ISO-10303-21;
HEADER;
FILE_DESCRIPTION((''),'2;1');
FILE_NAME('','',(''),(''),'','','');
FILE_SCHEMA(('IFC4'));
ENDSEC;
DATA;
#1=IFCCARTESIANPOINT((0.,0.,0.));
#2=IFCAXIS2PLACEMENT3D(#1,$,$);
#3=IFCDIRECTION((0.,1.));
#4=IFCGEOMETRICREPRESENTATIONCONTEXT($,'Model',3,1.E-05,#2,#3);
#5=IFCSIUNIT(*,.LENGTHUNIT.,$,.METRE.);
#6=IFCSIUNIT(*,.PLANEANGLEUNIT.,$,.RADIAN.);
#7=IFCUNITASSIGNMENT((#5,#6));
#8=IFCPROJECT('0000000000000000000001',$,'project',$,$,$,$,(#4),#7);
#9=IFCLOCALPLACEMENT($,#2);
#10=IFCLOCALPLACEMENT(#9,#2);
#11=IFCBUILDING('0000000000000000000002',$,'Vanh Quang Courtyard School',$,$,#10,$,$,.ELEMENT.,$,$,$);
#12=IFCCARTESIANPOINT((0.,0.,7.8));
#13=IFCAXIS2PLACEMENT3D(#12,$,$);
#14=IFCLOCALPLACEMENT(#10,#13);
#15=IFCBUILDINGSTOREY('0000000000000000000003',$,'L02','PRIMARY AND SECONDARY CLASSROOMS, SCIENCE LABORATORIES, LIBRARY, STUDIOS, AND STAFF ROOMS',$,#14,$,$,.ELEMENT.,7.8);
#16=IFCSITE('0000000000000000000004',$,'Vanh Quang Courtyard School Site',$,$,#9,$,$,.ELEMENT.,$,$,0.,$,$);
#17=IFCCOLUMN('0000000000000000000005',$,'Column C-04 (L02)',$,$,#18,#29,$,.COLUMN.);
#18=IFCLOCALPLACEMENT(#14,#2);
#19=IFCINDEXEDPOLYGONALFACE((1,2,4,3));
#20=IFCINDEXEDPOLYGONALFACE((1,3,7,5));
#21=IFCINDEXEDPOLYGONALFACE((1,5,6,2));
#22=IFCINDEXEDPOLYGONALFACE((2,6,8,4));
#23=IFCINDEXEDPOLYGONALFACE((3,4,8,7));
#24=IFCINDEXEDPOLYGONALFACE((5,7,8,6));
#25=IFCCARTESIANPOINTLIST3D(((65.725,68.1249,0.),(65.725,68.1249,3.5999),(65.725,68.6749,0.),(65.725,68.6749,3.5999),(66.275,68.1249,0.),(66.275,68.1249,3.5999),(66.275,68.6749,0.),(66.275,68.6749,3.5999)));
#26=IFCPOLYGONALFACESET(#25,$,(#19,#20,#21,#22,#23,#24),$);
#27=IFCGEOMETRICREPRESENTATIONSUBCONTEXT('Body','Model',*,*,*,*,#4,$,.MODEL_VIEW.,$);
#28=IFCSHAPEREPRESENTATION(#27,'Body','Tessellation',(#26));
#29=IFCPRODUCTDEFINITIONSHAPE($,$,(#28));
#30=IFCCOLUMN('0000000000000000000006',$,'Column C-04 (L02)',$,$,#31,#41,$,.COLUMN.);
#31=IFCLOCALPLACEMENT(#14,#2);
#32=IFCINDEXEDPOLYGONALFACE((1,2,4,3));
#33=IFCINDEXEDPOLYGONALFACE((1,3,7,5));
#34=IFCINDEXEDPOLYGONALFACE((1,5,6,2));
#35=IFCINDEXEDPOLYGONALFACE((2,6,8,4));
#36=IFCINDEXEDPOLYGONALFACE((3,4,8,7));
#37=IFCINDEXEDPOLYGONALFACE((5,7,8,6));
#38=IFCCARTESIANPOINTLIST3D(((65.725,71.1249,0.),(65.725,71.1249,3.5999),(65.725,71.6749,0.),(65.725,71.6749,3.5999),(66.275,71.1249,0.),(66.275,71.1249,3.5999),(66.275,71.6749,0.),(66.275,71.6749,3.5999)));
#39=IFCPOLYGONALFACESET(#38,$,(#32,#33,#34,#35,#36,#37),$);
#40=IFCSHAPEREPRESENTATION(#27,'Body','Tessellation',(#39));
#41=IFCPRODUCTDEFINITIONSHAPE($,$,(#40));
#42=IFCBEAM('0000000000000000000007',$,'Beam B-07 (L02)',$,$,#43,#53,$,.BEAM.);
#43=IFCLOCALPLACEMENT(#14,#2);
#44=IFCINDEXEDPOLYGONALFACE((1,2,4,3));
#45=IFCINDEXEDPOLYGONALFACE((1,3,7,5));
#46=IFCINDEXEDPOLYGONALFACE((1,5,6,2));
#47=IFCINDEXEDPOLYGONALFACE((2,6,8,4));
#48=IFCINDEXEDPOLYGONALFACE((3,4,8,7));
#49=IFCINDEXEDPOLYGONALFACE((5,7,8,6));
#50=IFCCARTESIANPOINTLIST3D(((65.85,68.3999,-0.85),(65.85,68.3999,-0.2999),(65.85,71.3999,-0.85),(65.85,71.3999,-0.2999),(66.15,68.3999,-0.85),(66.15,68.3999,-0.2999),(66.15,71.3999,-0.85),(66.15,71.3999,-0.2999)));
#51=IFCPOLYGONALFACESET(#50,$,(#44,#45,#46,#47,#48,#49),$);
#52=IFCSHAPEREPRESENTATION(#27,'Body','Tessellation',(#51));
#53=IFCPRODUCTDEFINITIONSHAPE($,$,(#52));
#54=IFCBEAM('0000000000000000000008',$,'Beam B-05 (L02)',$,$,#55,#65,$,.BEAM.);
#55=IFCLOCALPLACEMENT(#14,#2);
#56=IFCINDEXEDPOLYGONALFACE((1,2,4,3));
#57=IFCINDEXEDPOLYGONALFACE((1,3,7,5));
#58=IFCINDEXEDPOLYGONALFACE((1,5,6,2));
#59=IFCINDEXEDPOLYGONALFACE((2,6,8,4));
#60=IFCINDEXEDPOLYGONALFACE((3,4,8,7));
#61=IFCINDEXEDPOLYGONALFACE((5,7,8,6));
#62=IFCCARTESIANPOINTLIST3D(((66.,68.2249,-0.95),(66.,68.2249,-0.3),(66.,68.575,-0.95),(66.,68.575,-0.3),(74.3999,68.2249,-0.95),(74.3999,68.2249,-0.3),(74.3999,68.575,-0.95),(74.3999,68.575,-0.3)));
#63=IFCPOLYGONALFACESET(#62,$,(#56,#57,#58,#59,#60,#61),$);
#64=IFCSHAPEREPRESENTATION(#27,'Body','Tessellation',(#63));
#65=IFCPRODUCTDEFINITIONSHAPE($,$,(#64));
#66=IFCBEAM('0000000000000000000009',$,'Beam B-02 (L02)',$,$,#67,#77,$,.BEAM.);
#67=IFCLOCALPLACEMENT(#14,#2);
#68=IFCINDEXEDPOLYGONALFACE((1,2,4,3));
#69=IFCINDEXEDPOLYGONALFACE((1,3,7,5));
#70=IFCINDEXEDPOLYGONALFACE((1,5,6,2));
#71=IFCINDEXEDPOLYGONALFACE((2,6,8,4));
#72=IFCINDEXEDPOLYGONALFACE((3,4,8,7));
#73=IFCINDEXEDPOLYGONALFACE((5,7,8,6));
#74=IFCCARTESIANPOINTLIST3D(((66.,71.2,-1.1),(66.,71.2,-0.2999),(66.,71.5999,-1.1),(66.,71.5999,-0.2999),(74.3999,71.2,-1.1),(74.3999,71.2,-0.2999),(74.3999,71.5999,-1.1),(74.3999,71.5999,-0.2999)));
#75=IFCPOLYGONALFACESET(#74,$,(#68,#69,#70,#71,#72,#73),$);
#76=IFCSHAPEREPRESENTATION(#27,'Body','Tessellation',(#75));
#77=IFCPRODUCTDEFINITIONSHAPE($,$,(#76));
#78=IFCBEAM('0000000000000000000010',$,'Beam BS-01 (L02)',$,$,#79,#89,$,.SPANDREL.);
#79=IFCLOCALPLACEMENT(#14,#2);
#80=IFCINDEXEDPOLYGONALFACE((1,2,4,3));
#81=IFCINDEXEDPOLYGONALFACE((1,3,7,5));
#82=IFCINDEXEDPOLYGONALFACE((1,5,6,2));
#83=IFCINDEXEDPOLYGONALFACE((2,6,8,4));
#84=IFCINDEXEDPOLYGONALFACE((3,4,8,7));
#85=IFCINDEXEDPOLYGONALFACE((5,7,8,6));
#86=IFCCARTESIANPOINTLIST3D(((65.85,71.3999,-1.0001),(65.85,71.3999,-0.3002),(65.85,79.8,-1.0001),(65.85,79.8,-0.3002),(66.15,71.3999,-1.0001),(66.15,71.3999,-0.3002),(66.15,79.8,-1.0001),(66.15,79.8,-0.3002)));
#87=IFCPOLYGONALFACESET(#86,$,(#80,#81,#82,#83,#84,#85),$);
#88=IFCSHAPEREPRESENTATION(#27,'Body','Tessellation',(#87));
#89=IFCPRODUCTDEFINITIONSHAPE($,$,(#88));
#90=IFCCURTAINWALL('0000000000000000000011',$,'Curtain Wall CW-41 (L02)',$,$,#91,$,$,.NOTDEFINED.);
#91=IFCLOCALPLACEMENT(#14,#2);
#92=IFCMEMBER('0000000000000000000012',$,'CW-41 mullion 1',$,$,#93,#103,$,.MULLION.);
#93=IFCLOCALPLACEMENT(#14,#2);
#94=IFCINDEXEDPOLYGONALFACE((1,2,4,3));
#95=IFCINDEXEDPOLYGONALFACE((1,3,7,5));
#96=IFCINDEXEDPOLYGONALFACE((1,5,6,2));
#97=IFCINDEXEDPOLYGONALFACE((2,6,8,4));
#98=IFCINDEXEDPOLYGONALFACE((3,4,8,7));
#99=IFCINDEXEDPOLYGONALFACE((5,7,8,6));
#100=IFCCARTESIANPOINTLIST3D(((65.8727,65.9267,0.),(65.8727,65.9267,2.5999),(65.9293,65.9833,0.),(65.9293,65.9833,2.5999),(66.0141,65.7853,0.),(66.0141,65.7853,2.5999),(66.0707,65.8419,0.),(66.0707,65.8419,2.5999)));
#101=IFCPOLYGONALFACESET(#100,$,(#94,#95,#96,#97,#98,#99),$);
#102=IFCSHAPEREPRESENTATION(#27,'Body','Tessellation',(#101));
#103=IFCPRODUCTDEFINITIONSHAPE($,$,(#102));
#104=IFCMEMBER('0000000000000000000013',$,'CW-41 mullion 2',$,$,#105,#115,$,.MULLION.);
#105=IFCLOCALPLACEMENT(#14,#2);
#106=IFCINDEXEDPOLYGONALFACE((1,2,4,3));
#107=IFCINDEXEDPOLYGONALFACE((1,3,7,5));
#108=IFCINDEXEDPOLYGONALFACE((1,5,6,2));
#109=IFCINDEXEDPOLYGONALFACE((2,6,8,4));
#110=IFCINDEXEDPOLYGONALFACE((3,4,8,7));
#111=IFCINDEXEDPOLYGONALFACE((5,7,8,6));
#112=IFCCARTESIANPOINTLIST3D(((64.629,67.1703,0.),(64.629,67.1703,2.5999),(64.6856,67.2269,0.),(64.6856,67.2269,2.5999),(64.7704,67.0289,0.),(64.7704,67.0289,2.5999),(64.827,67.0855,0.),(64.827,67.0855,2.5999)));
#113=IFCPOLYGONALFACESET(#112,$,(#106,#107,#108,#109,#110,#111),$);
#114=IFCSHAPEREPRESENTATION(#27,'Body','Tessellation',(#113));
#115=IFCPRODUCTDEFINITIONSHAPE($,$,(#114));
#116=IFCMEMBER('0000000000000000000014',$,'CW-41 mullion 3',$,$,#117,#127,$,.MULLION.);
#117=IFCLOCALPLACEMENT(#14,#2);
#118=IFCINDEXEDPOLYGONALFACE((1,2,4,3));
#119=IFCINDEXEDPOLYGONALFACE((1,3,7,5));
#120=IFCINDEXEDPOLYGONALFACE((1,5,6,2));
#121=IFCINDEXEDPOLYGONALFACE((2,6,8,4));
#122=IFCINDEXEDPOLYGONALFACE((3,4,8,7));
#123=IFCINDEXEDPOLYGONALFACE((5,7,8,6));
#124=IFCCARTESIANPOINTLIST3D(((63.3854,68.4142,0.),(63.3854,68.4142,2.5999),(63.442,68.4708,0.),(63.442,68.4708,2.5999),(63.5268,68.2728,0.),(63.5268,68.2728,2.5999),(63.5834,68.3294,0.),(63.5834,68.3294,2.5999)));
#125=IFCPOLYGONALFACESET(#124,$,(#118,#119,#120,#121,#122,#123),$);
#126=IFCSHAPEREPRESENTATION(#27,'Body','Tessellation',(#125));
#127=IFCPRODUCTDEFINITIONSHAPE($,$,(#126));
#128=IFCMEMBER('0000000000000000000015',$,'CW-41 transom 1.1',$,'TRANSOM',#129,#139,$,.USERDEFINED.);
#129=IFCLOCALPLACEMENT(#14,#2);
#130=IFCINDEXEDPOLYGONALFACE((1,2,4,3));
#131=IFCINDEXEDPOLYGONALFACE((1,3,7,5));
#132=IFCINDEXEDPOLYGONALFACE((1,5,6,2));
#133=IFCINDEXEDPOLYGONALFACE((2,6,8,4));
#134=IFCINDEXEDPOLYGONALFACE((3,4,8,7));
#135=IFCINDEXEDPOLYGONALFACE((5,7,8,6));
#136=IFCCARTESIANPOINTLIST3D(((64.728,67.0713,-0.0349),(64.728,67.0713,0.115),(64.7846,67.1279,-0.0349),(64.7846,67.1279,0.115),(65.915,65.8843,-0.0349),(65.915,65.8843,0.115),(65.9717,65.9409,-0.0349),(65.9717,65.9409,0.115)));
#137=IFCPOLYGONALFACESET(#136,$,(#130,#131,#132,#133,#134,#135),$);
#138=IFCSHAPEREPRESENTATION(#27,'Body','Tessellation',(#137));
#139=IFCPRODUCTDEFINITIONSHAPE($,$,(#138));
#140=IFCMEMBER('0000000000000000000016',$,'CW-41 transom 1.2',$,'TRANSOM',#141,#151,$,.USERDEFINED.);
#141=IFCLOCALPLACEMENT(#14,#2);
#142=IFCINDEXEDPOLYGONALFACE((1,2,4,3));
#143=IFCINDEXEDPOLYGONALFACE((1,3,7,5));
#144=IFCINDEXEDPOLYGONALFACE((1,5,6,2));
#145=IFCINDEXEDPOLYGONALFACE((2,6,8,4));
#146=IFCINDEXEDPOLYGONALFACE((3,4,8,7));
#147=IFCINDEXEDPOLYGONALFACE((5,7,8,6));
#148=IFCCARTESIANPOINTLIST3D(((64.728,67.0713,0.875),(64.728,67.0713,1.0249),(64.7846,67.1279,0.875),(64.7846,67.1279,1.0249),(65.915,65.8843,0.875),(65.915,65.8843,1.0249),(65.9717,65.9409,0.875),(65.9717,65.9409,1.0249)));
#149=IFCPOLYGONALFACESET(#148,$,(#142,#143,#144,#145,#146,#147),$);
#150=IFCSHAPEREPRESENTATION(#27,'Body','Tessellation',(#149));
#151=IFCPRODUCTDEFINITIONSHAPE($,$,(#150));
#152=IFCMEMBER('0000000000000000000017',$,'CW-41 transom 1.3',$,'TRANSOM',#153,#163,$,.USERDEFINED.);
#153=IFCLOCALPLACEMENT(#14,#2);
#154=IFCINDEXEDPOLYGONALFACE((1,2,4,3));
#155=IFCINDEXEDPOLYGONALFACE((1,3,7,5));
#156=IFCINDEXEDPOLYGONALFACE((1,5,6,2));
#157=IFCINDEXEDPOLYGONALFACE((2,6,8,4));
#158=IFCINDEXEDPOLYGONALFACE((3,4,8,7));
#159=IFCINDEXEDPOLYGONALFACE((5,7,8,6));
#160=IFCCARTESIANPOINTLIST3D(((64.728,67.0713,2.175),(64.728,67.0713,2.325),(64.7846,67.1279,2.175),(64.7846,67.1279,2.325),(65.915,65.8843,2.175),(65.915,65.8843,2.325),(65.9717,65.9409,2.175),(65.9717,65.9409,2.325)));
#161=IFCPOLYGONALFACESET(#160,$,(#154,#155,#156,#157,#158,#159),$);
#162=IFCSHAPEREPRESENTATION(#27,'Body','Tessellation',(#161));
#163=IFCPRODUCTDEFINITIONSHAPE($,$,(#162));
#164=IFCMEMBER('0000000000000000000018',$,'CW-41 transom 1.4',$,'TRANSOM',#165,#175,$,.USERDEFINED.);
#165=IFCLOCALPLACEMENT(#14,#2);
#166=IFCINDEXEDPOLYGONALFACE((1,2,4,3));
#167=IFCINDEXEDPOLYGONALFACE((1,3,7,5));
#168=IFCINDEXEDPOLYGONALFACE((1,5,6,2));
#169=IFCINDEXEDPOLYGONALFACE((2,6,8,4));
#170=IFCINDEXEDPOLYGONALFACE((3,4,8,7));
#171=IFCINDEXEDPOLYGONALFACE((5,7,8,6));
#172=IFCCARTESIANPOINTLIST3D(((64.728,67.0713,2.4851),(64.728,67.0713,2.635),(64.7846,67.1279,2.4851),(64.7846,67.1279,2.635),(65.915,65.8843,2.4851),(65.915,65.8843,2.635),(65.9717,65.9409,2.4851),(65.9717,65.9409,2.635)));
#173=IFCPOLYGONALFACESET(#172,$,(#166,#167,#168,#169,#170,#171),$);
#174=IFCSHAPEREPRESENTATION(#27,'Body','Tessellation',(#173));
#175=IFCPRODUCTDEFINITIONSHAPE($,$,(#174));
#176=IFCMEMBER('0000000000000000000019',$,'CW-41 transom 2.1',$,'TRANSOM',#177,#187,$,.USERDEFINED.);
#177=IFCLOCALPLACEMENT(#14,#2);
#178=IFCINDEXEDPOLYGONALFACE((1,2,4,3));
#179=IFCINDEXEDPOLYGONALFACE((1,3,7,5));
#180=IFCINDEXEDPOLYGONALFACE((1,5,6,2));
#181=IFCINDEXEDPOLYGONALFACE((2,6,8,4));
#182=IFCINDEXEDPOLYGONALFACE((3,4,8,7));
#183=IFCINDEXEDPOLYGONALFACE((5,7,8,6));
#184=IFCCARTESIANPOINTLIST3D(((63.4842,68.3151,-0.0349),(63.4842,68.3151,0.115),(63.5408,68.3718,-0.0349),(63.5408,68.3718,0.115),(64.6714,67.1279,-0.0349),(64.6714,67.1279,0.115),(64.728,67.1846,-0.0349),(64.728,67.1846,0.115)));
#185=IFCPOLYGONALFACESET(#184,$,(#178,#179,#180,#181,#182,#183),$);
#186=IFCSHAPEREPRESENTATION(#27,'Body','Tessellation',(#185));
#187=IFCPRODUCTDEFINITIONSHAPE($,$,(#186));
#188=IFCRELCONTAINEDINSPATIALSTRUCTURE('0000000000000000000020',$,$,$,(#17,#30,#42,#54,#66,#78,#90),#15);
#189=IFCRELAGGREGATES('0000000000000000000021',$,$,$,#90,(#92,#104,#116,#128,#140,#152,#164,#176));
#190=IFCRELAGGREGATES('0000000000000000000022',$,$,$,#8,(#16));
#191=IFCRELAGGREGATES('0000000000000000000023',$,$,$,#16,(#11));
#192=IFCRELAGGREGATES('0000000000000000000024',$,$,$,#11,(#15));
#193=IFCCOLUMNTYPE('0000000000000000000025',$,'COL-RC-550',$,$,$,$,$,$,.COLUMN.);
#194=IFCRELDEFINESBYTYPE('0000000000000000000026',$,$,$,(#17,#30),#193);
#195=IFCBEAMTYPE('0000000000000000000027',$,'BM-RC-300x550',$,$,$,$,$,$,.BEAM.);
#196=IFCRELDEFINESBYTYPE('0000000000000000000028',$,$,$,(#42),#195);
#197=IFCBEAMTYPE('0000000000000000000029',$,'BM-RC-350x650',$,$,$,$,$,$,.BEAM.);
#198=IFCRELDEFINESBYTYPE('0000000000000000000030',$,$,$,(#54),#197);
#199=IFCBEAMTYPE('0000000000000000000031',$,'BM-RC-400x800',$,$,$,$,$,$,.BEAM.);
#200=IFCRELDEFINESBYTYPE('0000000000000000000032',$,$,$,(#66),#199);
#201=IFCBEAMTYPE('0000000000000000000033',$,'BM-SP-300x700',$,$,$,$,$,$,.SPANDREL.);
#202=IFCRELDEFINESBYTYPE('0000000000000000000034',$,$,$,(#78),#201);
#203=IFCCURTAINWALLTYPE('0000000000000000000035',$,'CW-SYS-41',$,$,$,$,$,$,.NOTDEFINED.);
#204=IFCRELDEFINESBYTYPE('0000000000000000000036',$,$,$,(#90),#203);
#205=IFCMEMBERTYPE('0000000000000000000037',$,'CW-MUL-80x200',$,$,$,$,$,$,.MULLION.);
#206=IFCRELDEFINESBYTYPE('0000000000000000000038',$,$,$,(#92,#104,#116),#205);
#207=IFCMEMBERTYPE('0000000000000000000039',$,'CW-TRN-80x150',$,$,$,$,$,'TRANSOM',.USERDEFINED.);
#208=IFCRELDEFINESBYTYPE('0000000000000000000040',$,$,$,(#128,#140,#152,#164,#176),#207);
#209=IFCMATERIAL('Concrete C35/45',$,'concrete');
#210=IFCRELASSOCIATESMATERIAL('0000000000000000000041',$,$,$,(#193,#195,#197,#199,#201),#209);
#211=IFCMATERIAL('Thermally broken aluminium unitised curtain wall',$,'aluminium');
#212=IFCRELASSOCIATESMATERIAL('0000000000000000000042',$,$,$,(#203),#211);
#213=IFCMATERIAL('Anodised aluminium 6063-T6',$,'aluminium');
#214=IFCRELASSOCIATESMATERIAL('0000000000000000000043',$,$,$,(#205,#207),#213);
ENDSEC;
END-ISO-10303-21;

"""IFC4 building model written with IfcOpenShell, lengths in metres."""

from ifc_helpers import new_model, si_unit, direction, frame, origin, origin_2d, place, context, subcontext, project, spatial, rectangle, extrude, material, material_profile, profile_set, type_object, element, aggregate, save


model = new_model("IFC4")

# Units and contexts
model_context = context("Model", 3, precision=1e-05, world=origin(), true_north=direction((0.0, 1.0)))
body_context = subcontext(model_context, "Body", "Model", "MODEL_VIEW")
ifc_project = project(units=[si_unit("LENGTHUNIT", "METRE"), si_unit("PLANEANGLEUNIT", "RADIAN")], contexts=[model_context])

# Site, building, storey
site_placement = place(None, origin())
site = spatial("IfcSite", under=ifc_project, at=site_placement, Name="Vanh Quang Courtyard School Site", CompositionType="ELEMENT", RefElevation=0.0)
building_placement = place(site_placement, origin())
building = spatial("IfcBuilding", under=site, at=building_placement, Name="Vanh Quang Courtyard School", CompositionType="ELEMENT")
storey_placement = place(building_placement, frame((0.0, 0.0, 7.8)))
storey = spatial("IfcBuildingStorey", under=building, at=storey_placement, Name="L02", Description="PRIMARY AND SECONDARY CLASSROOMS, SCIENCE LABORATORIES, LIBRARY, STUDIOS, AND STAFF ROOMS", CompositionType="ELEMENT", Elevation=7.8)

# Columns
ifc_material_1 = material(Name="Concrete C35/45", Category="concrete")
ifc_material_profile_1 = material_profile(ifc_material_1, rectangle(XDim=0.55, YDim=0.55, at=origin_2d()), Name="RC-COL 550x550")
ifc_profile_set_1 = profile_set([ifc_material_profile_1], Name="Concrete C35/45")
column_type = type_object("IfcColumnType", Name="COL-RC-550", PredefinedType="COLUMN", material=ifc_profile_set_1)
for number, where, z_axis, x_axis, name in (
    (1, (66.0, 68.3999, 0.0), (0.0, 0.0, 1.0), (1.0, 0.0, 0.0), "Column C-04 (L02)"),
    (2, (66.0, 71.3999, 0.0), (0.0, 0.0, 1.0), (1.0, 0.0, 0.0), "Column C-04 (L02)"),
):
    element("IfcColumn", number, at=place(storey_placement, frame(where, z_axis=z_axis, x_axis=x_axis)), inside=storey, type_object=column_type, Name=name, PredefinedType="COLUMN", context=body_context, shape_type="SweptSolid", body=[
        extrude(rectangle(XDim=0.55, YDim=0.55, at=origin_2d()), origin(), (0.0, 0.0, 1.0), 3.5999),
    ])

# Beams
ifc_material_profile_2 = material_profile(ifc_material_1, rectangle(XDim=0.3, YDim=0.55, at=origin_2d()), Name="RC-BM 300x550")
ifc_profile_set_2 = profile_set([ifc_material_profile_2], Name="Concrete C35/45")
beam_type_1 = type_object("IfcBeamType", Name="BM-RC-300x550", PredefinedType="BEAM", material=ifc_profile_set_2)
beam_1_placement = place(storey_placement, frame((66.0, 68.3999, -0.575), z_axis=(0.0, 1.0, 0.0), x_axis=(-1.0, 0.0, 0.0)))
element("IfcBeam", 3, at=beam_1_placement, inside=storey, type_object=beam_type_1, Name="Beam B-07 (L02)", PredefinedType="BEAM", context=body_context, shape_type="SweptSolid", body=[
    extrude(rectangle(XDim=0.3, YDim=0.55, at=origin_2d()), origin(), (0.0, 0.0, 1.0), 3.0),
])
ifc_material_profile_3 = material_profile(ifc_material_1, rectangle(XDim=0.3501, YDim=0.6499, at=origin_2d()), Name="RC-BM 350x650")
ifc_profile_set_3 = profile_set([ifc_material_profile_3], Name="Concrete C35/45")
beam_type_2 = type_object("IfcBeamType", Name="BM-RC-350x650", PredefinedType="BEAM", material=ifc_profile_set_3)
beam_2_placement = place(storey_placement, frame((66.0, 68.3999, -0.625), z_axis=(1.0, 0.0, 0.0), x_axis=(0.0, 1.0, 0.0)))
element("IfcBeam", 4, at=beam_2_placement, inside=storey, type_object=beam_type_2, Name="Beam B-05 (L02)", PredefinedType="BEAM", context=body_context, shape_type="SweptSolid", body=[
    extrude(rectangle(XDim=0.3501, YDim=0.6499, at=origin_2d()), origin(), (0.0, 0.0, 1.0), 8.3999),
])
ifc_material_profile_4 = material_profile(ifc_material_1, rectangle(XDim=0.3999, YDim=0.8, at=origin_2d()), Name="RC-BM 400x800")
ifc_profile_set_4 = profile_set([ifc_material_profile_4], Name="Concrete C35/45")
beam_type_3 = type_object("IfcBeamType", Name="BM-RC-400x800", PredefinedType="BEAM", material=ifc_profile_set_4)
beam_3_placement = place(storey_placement, frame((66.0, 71.3999, -0.7), z_axis=(1.0, 0.0, 0.0), x_axis=(0.0, 1.0, 0.0)))
element("IfcBeam", 5, at=beam_3_placement, inside=storey, type_object=beam_type_3, Name="Beam B-02 (L02)", PredefinedType="BEAM", context=body_context, shape_type="SweptSolid", body=[
    extrude(rectangle(XDim=0.3999, YDim=0.8, at=origin_2d()), origin(), (0.0, 0.0, 1.0), 8.3999),
])
ifc_material_profile_5 = material_profile(ifc_material_1, rectangle(XDim=0.3, YDim=0.7, at=origin_2d()), Name="RC-SP 300x700")
ifc_profile_set_5 = profile_set([ifc_material_profile_5], Name="Concrete C35/45")
beam_type_4 = type_object("IfcBeamType", Name="BM-SP-300x700", PredefinedType="SPANDREL", material=ifc_profile_set_5)
beam_4_placement = place(storey_placement, frame((66.0, 71.3999, -0.6501), z_axis=(0.0, 1.0, 0.0), x_axis=(-1.0, 0.0, 0.0)))
element("IfcBeam", 6, at=beam_4_placement, inside=storey, type_object=beam_type_4, Name="Beam BS-01 (L02)", PredefinedType="SPANDREL", context=body_context, shape_type="SweptSolid", body=[
    extrude(rectangle(XDim=0.3, YDim=0.7, at=origin_2d()), origin(), (0.0, 0.0, 1.0), 8.4001),
])

# Curtain wall, members
ifc_material_2 = material(Name="Thermally broken aluminium unitised curtain wall", Category="aluminium")
curtain_wall_type = type_object("IfcCurtainWallType", Name="CW-SYS-41", PredefinedType="NOTDEFINED", material=ifc_material_2)
curtain_wall_placement = place(storey_placement, origin())
curtain_wall = element("IfcCurtainWall", 7, at=curtain_wall_placement, inside=storey, type_object=curtain_wall_type, Name="Curtain Wall CW-41 (L02)", PredefinedType="NOTDEFINED")
ifc_material_3 = material(Name="Anodised aluminium 6063-T6", Category="aluminium")
ifc_material_profile_6 = material_profile(ifc_material_3, rectangle(XDim=0.0801, YDim=0.2, at=origin_2d()), Name="ALU-MUL 80x200")
ifc_profile_set_6 = profile_set([ifc_material_profile_6], Name="Anodised aluminium 6063-T6")
member_type_1 = type_object("IfcMemberType", Name="CW-MUL-80x200", PredefinedType="MULLION", material=ifc_profile_set_6)
member_1_placement = place(storey_placement, frame((65.9717, 65.8843, 0.0), z_axis=(0.0, 0.0, 1.0), x_axis=(-0.707107, -0.707107, 0.0)))
member_1 = element("IfcMember", 8, at=member_1_placement, type_object=member_type_1, Name="CW-41 mullion 1", PredefinedType="MULLION", context=body_context, shape_type="SweptSolid", body=[
    extrude(rectangle(XDim=0.0801, YDim=0.2, at=origin_2d()), origin(), (0.0, 0.0, 1.0), 2.5999),
])
member_2_placement = place(storey_placement, frame((64.728, 67.1279, 0.0), z_axis=(0.0, 0.0, 1.0), x_axis=(-0.707107, -0.707107, 0.0)))
member_2 = element("IfcMember", 9, at=member_2_placement, type_object=member_type_1, Name="CW-41 mullion 2", PredefinedType="MULLION", context=body_context, shape_type="SweptSolid", body=[
    extrude(rectangle(XDim=0.0801, YDim=0.2, at=origin_2d()), origin(), (0.0, 0.0, 1.0), 2.5999),
])
member_3_placement = place(storey_placement, frame((63.4844, 68.3718, 0.0), z_axis=(0.0, 0.0, 1.0), x_axis=(-0.707107, -0.707107, 0.0)))
member_3 = element("IfcMember", 10, at=member_3_placement, type_object=member_type_1, Name="CW-41 mullion 3", PredefinedType="MULLION", context=body_context, shape_type="SweptSolid", body=[
    extrude(rectangle(XDim=0.0801, YDim=0.2, at=origin_2d()), origin(), (0.0, 0.0, 1.0), 2.5999),
])
ifc_material_profile_7 = material_profile(ifc_material_3, rectangle(XDim=0.0801, YDim=0.1499, at=origin_2d()), Name="ALU-TRN 80x150")
ifc_profile_set_7 = profile_set([ifc_material_profile_7], Name="Anodised aluminium 6063-T6")
member_type_2 = type_object("IfcMemberType", Name="CW-TRN-80x150", ElementType="TRANSOM", PredefinedType="USERDEFINED", material=ifc_profile_set_7)
member_4_placement = place(storey_placement, frame((65.9434, 65.9126, 0.04), z_axis=(-0.707107, 0.707107, 0.0), x_axis=(-0.707107, -0.707107, 0.0)))
member_4 = element("IfcMember", 11, at=member_4_placement, type_object=member_type_2, Name="CW-41 transom 1.1", ObjectType="TRANSOM", PredefinedType="USERDEFINED", context=body_context, shape_type="SweptSolid", body=[
    extrude(rectangle(XDim=0.0801, YDim=0.1499, at=origin_2d()), origin(), (0.0, 0.0, 1.0), 1.6787),
])
member_5_placement = place(storey_placement, frame((65.9434, 65.9126, 0.95), z_axis=(-0.707107, 0.707107, 0.0), x_axis=(-0.707107, -0.707107, 0.0)))
member_5 = element("IfcMember", 12, at=member_5_placement, type_object=member_type_2, Name="CW-41 transom 1.2", ObjectType="TRANSOM", PredefinedType="USERDEFINED", context=body_context, shape_type="SweptSolid", body=[
    extrude(rectangle(XDim=0.0801, YDim=0.1499, at=origin_2d()), origin(), (0.0, 0.0, 1.0), 1.6787),
])
member_6_placement = place(storey_placement, frame((65.9434, 65.9126, 2.25), z_axis=(-0.707107, 0.707107, 0.0), x_axis=(-0.707107, -0.707107, 0.0)))
member_6 = element("IfcMember", 13, at=member_6_placement, type_object=member_type_2, Name="CW-41 transom 1.3", ObjectType="TRANSOM", PredefinedType="USERDEFINED", context=body_context, shape_type="SweptSolid", body=[
    extrude(rectangle(XDim=0.0801, YDim=0.1499, at=origin_2d()), origin(), (0.0, 0.0, 1.0), 1.6787),
])
member_7_placement = place(storey_placement, frame((65.9434, 65.9126, 2.5601), z_axis=(-0.707107, 0.707107, 0.0), x_axis=(-0.707107, -0.707107, 0.0)))
member_7 = element("IfcMember", 14, at=member_7_placement, type_object=member_type_2, Name="CW-41 transom 1.4", ObjectType="TRANSOM", PredefinedType="USERDEFINED", context=body_context, shape_type="SweptSolid", body=[
    extrude(rectangle(XDim=0.0801, YDim=0.1499, at=origin_2d()), origin(), (0.0, 0.0, 1.0), 1.6787),
])
member_8_placement = place(storey_placement, frame((64.6997, 67.1562, 0.04), z_axis=(-0.707107, 0.707107, 0.0), x_axis=(-0.707107, -0.707107, 0.0)))
member_8 = element("IfcMember", 15, at=member_8_placement, type_object=member_type_2, Name="CW-41 transom 2.1", ObjectType="TRANSOM", PredefinedType="USERDEFINED", context=body_context, shape_type="SweptSolid", body=[
    extrude(rectangle(XDim=0.0801, YDim=0.1499, at=origin_2d()), origin(), (0.0, 0.0, 1.0), 1.679),
])
aggregate(curtain_wall, [member_1, member_2, member_3, member_4, member_5, member_6, member_7, member_8])

save(model, "model.ifc")
